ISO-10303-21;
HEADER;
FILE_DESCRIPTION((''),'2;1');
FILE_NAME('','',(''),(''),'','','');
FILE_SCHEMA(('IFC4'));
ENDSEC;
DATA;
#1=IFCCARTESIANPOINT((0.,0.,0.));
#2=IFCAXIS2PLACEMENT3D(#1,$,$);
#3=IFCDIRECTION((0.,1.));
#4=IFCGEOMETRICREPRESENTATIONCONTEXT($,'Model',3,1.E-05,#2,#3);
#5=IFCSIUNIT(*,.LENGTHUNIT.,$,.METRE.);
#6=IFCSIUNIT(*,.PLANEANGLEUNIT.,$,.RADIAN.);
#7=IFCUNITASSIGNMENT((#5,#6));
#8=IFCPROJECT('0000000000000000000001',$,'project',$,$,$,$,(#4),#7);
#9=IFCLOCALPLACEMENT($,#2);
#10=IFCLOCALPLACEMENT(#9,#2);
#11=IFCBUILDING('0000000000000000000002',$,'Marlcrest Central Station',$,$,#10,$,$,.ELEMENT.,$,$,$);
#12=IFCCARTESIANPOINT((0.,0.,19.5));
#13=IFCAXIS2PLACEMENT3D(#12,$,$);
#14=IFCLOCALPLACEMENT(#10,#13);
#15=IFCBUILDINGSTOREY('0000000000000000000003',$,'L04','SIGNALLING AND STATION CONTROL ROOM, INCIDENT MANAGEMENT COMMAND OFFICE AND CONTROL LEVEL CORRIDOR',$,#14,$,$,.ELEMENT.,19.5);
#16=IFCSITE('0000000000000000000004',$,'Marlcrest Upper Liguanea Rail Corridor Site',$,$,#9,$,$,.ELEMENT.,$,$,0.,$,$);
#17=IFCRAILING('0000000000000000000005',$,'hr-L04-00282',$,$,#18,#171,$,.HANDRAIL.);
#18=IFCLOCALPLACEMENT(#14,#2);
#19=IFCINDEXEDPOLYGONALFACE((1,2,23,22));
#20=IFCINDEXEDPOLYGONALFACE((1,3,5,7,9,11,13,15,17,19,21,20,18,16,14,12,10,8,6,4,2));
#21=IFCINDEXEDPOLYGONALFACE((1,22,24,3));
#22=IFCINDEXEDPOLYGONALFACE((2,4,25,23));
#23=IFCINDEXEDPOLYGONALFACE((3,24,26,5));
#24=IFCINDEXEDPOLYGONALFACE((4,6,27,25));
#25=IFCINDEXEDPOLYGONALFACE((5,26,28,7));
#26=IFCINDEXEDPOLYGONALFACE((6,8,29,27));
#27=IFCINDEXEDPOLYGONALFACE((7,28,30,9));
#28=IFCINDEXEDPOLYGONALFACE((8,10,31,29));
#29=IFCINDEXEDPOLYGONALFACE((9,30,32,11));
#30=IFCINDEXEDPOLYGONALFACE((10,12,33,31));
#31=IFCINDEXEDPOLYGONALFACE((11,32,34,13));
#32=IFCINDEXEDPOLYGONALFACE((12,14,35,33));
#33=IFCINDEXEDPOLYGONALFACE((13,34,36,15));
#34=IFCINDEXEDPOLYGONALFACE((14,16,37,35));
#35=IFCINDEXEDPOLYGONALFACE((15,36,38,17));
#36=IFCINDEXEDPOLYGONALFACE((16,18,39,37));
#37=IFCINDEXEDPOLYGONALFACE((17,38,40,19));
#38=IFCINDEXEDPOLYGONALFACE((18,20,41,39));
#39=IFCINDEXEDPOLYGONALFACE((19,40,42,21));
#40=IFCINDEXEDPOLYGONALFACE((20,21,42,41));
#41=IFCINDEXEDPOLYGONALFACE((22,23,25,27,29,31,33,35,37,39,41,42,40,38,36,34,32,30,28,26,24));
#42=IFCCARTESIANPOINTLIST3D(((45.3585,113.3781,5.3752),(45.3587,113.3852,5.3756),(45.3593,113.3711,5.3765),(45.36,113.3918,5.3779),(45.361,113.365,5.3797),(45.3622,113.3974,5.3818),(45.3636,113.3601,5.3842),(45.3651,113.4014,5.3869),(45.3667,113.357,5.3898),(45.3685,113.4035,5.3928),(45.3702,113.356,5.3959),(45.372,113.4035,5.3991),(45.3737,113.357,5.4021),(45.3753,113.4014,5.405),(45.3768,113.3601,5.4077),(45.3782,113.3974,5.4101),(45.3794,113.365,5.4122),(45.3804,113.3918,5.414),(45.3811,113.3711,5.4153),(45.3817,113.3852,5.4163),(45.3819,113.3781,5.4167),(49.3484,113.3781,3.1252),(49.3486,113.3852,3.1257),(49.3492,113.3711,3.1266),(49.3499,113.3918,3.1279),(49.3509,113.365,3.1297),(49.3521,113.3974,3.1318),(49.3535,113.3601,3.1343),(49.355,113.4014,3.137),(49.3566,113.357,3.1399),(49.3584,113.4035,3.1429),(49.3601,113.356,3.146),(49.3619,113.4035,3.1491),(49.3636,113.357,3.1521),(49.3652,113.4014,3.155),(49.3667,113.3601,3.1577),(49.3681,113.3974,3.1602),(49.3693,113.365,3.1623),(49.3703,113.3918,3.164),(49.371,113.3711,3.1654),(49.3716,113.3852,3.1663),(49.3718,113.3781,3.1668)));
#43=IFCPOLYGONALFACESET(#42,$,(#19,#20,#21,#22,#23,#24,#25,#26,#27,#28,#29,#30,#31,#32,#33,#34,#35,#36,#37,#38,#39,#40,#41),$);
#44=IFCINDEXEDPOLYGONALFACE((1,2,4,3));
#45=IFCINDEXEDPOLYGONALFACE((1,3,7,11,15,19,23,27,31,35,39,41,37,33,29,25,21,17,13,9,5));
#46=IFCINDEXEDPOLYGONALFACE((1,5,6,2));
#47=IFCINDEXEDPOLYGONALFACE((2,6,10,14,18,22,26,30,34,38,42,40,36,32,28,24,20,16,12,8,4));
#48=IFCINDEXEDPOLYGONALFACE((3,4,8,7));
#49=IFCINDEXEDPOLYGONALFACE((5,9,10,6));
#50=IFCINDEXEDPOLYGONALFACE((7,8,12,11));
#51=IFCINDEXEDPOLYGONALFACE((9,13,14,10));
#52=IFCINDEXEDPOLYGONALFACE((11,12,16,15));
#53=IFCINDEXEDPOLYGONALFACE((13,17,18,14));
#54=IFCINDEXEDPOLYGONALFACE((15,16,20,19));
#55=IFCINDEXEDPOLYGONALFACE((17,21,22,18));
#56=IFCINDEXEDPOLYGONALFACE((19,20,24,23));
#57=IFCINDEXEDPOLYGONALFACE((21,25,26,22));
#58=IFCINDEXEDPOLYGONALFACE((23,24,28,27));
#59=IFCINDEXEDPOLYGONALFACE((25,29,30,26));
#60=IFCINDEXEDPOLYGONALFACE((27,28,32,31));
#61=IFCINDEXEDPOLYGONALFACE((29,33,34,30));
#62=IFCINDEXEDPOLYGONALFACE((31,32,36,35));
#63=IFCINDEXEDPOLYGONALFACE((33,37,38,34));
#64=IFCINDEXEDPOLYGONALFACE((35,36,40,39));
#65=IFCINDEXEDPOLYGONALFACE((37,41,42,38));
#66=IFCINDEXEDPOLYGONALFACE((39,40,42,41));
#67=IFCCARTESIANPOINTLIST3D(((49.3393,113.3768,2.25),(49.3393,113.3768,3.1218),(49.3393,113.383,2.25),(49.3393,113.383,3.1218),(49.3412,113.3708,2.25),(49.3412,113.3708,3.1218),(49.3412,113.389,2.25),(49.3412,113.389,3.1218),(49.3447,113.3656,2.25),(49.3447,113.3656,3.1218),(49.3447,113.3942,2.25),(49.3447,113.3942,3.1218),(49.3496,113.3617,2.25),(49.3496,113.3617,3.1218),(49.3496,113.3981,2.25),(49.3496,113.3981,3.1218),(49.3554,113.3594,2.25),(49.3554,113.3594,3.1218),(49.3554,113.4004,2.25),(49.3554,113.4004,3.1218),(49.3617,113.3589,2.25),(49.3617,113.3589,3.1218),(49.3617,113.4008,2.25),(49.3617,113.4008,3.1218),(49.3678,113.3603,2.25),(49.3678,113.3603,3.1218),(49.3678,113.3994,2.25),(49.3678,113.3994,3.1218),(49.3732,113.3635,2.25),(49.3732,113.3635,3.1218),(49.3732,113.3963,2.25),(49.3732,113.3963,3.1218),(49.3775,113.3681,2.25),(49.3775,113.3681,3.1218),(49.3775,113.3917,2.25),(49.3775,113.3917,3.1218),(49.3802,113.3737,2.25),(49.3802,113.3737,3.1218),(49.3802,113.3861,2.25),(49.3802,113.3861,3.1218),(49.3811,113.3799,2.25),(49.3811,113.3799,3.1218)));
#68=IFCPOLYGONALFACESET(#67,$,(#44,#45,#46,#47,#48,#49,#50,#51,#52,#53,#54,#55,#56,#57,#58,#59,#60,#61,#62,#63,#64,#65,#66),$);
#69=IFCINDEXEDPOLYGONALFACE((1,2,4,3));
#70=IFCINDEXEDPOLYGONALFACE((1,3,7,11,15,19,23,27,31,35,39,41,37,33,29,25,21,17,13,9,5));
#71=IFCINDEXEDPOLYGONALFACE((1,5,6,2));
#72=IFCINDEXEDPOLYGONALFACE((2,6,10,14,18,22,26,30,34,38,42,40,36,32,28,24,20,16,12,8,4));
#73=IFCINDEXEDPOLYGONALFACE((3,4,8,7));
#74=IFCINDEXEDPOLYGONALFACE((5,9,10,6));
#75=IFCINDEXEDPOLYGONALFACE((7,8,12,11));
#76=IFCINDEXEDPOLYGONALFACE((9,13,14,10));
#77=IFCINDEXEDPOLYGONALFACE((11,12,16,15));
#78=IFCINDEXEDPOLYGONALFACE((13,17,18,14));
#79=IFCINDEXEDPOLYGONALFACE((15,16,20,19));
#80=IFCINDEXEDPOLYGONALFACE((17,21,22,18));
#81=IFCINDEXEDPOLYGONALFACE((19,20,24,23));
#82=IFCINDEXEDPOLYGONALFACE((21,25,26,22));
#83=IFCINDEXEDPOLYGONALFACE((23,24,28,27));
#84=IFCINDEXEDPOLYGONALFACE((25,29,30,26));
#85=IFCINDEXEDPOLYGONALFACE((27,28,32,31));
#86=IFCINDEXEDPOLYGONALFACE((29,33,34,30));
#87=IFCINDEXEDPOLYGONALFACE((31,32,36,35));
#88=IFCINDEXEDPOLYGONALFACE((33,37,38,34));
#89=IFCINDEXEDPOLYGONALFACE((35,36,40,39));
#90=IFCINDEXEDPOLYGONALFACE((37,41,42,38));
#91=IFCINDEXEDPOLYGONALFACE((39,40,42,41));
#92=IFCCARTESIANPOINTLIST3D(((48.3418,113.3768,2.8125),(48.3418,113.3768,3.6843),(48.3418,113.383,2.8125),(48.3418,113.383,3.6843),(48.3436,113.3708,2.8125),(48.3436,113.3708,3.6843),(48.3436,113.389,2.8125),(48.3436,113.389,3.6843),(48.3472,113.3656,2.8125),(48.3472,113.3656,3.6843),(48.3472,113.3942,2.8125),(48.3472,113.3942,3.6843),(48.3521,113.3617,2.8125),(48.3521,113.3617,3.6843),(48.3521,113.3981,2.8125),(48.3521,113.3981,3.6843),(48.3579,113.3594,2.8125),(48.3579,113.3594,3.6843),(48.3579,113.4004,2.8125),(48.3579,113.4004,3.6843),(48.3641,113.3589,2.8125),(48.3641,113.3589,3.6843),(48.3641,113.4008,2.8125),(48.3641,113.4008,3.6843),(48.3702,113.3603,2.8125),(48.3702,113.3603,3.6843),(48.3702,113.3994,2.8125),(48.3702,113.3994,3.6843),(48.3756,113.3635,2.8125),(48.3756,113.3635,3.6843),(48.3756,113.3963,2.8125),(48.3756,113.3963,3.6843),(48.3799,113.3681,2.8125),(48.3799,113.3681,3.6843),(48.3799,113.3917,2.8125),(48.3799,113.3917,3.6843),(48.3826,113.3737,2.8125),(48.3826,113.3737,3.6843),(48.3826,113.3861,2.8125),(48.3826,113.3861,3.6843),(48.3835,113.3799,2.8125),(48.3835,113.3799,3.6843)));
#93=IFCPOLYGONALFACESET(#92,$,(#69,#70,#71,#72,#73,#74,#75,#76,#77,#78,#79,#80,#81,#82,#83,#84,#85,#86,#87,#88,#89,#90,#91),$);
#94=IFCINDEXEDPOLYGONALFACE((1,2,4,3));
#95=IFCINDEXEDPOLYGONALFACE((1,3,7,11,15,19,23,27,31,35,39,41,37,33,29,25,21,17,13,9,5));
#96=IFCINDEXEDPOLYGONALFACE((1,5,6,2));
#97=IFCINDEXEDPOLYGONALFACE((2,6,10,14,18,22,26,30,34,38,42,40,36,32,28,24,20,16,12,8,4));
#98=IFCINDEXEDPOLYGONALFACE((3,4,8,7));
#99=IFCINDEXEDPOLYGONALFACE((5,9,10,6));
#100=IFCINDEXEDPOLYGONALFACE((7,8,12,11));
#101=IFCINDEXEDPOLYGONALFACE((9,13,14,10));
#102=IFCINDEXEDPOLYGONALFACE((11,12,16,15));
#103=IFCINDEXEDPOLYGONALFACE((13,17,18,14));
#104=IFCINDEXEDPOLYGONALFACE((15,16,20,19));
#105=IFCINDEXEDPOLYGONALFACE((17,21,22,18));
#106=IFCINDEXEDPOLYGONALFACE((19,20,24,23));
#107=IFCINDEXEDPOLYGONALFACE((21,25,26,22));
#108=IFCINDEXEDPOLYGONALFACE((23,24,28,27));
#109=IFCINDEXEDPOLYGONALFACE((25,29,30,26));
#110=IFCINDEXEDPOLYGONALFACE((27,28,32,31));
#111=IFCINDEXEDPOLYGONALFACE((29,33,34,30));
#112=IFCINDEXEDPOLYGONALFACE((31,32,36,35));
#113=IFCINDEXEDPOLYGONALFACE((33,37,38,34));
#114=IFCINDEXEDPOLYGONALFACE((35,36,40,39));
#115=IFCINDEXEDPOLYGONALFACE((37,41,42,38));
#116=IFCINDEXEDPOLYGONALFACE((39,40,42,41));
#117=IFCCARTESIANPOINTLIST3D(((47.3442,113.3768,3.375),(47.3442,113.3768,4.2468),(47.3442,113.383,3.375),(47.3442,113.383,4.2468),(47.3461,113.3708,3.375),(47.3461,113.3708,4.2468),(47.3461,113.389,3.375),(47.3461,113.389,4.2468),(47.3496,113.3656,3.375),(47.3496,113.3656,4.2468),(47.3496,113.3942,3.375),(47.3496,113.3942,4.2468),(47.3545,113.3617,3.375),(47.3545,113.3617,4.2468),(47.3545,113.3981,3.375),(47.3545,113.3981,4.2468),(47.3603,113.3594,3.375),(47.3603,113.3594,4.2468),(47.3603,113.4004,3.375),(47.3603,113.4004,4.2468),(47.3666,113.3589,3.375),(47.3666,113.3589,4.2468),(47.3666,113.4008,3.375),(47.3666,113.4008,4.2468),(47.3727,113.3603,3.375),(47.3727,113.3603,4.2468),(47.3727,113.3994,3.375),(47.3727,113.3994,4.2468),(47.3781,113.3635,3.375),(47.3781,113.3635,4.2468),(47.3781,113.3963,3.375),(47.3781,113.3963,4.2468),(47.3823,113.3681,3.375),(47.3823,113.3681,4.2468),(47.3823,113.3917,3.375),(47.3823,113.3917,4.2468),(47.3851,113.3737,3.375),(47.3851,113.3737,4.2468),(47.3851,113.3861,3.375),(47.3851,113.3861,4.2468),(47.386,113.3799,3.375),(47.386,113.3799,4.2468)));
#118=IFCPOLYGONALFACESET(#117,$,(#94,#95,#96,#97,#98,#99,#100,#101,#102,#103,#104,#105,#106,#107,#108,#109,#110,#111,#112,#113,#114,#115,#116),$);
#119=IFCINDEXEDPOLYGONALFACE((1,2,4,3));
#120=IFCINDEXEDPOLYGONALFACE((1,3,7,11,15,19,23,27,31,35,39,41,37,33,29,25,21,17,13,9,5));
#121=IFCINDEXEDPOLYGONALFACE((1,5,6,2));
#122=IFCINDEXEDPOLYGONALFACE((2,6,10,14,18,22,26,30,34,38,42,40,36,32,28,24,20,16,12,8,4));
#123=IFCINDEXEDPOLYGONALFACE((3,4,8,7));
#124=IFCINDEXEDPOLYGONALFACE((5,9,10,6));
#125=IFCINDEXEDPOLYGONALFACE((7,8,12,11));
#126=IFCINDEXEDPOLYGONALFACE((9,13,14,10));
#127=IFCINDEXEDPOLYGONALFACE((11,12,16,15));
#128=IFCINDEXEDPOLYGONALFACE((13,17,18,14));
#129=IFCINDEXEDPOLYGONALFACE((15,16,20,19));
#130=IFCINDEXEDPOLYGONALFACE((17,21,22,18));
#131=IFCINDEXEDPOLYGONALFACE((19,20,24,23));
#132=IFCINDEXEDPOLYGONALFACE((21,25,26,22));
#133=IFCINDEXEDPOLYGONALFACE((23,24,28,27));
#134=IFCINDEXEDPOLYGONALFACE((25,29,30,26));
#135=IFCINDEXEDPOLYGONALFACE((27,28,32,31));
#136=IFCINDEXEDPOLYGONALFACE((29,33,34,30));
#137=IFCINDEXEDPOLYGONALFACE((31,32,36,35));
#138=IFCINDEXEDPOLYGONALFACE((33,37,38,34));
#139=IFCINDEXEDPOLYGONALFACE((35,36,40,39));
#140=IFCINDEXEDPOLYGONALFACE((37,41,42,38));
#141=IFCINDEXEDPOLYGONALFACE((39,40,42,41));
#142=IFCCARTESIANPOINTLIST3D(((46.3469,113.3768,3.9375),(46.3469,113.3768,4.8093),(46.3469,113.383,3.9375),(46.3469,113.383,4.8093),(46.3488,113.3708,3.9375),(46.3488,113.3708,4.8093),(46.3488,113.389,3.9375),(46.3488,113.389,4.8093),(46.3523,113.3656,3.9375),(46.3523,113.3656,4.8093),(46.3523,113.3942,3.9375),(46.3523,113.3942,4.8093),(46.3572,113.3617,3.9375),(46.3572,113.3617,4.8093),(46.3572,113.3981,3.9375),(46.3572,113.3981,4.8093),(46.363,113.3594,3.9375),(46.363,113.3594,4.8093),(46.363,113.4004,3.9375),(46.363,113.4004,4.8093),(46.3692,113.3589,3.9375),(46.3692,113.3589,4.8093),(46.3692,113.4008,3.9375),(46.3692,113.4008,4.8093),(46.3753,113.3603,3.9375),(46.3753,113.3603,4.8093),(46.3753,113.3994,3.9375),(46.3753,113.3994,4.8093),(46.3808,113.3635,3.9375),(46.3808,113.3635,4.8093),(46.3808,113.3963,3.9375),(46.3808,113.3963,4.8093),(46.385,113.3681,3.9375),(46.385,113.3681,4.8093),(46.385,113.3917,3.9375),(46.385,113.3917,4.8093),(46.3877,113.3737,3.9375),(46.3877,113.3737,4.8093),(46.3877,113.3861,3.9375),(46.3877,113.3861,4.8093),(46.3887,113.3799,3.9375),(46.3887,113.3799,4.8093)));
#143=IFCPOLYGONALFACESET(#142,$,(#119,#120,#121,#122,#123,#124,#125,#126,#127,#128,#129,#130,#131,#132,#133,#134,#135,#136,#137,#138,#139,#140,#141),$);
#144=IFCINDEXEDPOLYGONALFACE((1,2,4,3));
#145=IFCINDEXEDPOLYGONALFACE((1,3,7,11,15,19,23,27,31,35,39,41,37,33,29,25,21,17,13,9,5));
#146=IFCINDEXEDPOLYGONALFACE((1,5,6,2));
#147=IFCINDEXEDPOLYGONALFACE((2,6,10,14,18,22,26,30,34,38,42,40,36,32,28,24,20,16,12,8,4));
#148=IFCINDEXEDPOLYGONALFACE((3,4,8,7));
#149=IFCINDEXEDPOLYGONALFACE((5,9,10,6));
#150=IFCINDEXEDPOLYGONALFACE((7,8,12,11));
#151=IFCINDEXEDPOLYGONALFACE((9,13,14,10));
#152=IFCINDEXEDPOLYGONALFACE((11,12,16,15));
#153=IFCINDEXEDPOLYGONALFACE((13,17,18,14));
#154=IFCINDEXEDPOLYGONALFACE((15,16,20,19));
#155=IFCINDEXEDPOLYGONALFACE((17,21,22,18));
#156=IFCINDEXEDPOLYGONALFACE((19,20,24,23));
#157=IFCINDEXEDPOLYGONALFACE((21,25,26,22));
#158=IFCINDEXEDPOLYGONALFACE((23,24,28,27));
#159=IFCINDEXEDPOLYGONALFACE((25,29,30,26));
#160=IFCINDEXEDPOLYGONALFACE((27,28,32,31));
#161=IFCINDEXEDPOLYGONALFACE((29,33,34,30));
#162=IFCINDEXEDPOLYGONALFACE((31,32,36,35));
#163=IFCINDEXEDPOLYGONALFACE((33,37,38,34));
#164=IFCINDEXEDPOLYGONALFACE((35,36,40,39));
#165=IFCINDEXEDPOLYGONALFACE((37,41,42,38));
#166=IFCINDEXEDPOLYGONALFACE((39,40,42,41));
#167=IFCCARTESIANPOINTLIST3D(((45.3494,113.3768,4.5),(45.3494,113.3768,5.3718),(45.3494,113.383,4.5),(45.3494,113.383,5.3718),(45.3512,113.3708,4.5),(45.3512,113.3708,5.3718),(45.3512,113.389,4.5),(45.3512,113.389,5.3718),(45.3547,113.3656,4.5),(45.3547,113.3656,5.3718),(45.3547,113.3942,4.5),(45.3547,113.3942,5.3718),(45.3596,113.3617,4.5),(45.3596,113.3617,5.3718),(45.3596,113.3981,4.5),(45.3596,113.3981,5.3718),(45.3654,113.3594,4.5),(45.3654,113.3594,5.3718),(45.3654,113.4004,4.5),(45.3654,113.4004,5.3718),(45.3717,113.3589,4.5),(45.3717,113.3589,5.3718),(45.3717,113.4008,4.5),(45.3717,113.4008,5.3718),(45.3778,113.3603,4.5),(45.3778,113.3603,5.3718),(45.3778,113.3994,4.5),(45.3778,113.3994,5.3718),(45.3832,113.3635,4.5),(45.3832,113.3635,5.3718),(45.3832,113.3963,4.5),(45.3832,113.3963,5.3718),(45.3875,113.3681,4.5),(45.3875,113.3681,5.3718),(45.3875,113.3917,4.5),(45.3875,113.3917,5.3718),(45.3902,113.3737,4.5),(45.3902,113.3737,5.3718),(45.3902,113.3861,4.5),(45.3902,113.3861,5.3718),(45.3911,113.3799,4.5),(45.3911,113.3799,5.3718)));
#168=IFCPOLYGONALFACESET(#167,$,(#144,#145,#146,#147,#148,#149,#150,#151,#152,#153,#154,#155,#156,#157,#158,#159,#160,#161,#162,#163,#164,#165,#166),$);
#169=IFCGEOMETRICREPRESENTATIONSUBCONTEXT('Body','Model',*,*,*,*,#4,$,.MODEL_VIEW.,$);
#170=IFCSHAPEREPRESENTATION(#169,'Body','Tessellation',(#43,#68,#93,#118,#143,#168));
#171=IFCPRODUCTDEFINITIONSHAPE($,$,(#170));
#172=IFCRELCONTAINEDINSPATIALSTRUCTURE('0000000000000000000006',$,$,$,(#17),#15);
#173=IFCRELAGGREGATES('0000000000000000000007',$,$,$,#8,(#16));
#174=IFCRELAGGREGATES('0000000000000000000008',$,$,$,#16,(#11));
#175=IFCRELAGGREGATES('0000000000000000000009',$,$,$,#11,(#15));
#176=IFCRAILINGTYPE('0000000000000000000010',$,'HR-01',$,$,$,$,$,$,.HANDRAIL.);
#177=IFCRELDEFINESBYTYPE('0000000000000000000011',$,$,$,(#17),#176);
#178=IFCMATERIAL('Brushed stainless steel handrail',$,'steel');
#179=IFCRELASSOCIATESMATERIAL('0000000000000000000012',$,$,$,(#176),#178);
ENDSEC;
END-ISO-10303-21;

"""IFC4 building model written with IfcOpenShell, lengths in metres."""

from ifc_helpers import new_model, si_unit, direction, frame, origin, origin_2d, place, context, subcontext, project, spatial, circle, extrude, material, type_object, element, save


model = new_model("IFC4")

# Units and contexts
model_context = context("Model", 3, precision=1e-05, world=origin(), true_north=direction((0.0, 1.0)))
body_context = subcontext(model_context, "Body", "Model", "MODEL_VIEW")
ifc_project = project(units=[si_unit("LENGTHUNIT", "METRE"), si_unit("PLANEANGLEUNIT", "RADIAN")], contexts=[model_context])

# Site, building, storey
site_placement = place(None, origin())
site = spatial("IfcSite", under=ifc_project, at=site_placement, Name="Marlcrest Upper Liguanea Rail Corridor Site", CompositionType="ELEMENT", RefElevation=0.0)
building_placement = place(site_placement, origin())
building = spatial("IfcBuilding", under=site, at=building_placement, Name="Marlcrest Central Station", CompositionType="ELEMENT")
storey_placement = place(building_placement, frame((0.0, 0.0, 19.5)))
storey = spatial("IfcBuildingStorey", under=building, at=storey_placement, Name="L04", Description="SIGNALLING AND STATION CONTROL ROOM, INCIDENT MANAGEMENT COMMAND OFFICE AND CONTROL LEVEL CORRIDOR", CompositionType="ELEMENT", Elevation=19.5)

# Railing
ifc_material_1 = material(Name="Brushed stainless steel handrail", Category="steel")
railing_type_1 = type_object("IfcRailingType", Name="HR-01", PredefinedType="HANDRAIL", material=ifc_material_1)
railing_1_placement = place(storey_placement, frame((49.3601, 113.3799, 2.25)))
element("IfcRailing", 1, at=railing_1_placement, inside=storey, type_object=railing_type_1, Name="hr-L04-00282", PredefinedType="HANDRAIL", context=body_context, shape_type="SweptSolid", body=[
    extrude(circle(Radius=0.0239, at=origin_2d()), frame((0.0, 0.0, 0.896), z_axis=(-0.87105, 0.0, 0.491195), x_axis=(0.0, -1.0, 0.0)), (0.0, 0.0, 1.0), 4.5806),
    extrude(circle(Radius=0.021, at=origin_2d()), origin(), (0.0, 0.0, 1.0), 0.8718),
    extrude(circle(Radius=0.021, at=origin_2d()), frame((-0.9976, 0.0, 0.5625)), (0.0, 0.0, 1.0), 0.8718),
    extrude(circle(Radius=0.021, at=origin_2d()), frame((-1.9951, 0.0, 1.125)), (0.0, 0.0, 1.0), 0.8718),
    extrude(circle(Radius=0.021, at=origin_2d()), frame((-2.9924, 0.0, 1.6875)), (0.0, 0.0, 1.0), 0.8718),
    extrude(circle(Radius=0.021, at=origin_2d()), frame((-3.99, 0.0, 2.25)), (0.0, 0.0, 1.0), 0.8718),
])

save(model, "model.ifc")
